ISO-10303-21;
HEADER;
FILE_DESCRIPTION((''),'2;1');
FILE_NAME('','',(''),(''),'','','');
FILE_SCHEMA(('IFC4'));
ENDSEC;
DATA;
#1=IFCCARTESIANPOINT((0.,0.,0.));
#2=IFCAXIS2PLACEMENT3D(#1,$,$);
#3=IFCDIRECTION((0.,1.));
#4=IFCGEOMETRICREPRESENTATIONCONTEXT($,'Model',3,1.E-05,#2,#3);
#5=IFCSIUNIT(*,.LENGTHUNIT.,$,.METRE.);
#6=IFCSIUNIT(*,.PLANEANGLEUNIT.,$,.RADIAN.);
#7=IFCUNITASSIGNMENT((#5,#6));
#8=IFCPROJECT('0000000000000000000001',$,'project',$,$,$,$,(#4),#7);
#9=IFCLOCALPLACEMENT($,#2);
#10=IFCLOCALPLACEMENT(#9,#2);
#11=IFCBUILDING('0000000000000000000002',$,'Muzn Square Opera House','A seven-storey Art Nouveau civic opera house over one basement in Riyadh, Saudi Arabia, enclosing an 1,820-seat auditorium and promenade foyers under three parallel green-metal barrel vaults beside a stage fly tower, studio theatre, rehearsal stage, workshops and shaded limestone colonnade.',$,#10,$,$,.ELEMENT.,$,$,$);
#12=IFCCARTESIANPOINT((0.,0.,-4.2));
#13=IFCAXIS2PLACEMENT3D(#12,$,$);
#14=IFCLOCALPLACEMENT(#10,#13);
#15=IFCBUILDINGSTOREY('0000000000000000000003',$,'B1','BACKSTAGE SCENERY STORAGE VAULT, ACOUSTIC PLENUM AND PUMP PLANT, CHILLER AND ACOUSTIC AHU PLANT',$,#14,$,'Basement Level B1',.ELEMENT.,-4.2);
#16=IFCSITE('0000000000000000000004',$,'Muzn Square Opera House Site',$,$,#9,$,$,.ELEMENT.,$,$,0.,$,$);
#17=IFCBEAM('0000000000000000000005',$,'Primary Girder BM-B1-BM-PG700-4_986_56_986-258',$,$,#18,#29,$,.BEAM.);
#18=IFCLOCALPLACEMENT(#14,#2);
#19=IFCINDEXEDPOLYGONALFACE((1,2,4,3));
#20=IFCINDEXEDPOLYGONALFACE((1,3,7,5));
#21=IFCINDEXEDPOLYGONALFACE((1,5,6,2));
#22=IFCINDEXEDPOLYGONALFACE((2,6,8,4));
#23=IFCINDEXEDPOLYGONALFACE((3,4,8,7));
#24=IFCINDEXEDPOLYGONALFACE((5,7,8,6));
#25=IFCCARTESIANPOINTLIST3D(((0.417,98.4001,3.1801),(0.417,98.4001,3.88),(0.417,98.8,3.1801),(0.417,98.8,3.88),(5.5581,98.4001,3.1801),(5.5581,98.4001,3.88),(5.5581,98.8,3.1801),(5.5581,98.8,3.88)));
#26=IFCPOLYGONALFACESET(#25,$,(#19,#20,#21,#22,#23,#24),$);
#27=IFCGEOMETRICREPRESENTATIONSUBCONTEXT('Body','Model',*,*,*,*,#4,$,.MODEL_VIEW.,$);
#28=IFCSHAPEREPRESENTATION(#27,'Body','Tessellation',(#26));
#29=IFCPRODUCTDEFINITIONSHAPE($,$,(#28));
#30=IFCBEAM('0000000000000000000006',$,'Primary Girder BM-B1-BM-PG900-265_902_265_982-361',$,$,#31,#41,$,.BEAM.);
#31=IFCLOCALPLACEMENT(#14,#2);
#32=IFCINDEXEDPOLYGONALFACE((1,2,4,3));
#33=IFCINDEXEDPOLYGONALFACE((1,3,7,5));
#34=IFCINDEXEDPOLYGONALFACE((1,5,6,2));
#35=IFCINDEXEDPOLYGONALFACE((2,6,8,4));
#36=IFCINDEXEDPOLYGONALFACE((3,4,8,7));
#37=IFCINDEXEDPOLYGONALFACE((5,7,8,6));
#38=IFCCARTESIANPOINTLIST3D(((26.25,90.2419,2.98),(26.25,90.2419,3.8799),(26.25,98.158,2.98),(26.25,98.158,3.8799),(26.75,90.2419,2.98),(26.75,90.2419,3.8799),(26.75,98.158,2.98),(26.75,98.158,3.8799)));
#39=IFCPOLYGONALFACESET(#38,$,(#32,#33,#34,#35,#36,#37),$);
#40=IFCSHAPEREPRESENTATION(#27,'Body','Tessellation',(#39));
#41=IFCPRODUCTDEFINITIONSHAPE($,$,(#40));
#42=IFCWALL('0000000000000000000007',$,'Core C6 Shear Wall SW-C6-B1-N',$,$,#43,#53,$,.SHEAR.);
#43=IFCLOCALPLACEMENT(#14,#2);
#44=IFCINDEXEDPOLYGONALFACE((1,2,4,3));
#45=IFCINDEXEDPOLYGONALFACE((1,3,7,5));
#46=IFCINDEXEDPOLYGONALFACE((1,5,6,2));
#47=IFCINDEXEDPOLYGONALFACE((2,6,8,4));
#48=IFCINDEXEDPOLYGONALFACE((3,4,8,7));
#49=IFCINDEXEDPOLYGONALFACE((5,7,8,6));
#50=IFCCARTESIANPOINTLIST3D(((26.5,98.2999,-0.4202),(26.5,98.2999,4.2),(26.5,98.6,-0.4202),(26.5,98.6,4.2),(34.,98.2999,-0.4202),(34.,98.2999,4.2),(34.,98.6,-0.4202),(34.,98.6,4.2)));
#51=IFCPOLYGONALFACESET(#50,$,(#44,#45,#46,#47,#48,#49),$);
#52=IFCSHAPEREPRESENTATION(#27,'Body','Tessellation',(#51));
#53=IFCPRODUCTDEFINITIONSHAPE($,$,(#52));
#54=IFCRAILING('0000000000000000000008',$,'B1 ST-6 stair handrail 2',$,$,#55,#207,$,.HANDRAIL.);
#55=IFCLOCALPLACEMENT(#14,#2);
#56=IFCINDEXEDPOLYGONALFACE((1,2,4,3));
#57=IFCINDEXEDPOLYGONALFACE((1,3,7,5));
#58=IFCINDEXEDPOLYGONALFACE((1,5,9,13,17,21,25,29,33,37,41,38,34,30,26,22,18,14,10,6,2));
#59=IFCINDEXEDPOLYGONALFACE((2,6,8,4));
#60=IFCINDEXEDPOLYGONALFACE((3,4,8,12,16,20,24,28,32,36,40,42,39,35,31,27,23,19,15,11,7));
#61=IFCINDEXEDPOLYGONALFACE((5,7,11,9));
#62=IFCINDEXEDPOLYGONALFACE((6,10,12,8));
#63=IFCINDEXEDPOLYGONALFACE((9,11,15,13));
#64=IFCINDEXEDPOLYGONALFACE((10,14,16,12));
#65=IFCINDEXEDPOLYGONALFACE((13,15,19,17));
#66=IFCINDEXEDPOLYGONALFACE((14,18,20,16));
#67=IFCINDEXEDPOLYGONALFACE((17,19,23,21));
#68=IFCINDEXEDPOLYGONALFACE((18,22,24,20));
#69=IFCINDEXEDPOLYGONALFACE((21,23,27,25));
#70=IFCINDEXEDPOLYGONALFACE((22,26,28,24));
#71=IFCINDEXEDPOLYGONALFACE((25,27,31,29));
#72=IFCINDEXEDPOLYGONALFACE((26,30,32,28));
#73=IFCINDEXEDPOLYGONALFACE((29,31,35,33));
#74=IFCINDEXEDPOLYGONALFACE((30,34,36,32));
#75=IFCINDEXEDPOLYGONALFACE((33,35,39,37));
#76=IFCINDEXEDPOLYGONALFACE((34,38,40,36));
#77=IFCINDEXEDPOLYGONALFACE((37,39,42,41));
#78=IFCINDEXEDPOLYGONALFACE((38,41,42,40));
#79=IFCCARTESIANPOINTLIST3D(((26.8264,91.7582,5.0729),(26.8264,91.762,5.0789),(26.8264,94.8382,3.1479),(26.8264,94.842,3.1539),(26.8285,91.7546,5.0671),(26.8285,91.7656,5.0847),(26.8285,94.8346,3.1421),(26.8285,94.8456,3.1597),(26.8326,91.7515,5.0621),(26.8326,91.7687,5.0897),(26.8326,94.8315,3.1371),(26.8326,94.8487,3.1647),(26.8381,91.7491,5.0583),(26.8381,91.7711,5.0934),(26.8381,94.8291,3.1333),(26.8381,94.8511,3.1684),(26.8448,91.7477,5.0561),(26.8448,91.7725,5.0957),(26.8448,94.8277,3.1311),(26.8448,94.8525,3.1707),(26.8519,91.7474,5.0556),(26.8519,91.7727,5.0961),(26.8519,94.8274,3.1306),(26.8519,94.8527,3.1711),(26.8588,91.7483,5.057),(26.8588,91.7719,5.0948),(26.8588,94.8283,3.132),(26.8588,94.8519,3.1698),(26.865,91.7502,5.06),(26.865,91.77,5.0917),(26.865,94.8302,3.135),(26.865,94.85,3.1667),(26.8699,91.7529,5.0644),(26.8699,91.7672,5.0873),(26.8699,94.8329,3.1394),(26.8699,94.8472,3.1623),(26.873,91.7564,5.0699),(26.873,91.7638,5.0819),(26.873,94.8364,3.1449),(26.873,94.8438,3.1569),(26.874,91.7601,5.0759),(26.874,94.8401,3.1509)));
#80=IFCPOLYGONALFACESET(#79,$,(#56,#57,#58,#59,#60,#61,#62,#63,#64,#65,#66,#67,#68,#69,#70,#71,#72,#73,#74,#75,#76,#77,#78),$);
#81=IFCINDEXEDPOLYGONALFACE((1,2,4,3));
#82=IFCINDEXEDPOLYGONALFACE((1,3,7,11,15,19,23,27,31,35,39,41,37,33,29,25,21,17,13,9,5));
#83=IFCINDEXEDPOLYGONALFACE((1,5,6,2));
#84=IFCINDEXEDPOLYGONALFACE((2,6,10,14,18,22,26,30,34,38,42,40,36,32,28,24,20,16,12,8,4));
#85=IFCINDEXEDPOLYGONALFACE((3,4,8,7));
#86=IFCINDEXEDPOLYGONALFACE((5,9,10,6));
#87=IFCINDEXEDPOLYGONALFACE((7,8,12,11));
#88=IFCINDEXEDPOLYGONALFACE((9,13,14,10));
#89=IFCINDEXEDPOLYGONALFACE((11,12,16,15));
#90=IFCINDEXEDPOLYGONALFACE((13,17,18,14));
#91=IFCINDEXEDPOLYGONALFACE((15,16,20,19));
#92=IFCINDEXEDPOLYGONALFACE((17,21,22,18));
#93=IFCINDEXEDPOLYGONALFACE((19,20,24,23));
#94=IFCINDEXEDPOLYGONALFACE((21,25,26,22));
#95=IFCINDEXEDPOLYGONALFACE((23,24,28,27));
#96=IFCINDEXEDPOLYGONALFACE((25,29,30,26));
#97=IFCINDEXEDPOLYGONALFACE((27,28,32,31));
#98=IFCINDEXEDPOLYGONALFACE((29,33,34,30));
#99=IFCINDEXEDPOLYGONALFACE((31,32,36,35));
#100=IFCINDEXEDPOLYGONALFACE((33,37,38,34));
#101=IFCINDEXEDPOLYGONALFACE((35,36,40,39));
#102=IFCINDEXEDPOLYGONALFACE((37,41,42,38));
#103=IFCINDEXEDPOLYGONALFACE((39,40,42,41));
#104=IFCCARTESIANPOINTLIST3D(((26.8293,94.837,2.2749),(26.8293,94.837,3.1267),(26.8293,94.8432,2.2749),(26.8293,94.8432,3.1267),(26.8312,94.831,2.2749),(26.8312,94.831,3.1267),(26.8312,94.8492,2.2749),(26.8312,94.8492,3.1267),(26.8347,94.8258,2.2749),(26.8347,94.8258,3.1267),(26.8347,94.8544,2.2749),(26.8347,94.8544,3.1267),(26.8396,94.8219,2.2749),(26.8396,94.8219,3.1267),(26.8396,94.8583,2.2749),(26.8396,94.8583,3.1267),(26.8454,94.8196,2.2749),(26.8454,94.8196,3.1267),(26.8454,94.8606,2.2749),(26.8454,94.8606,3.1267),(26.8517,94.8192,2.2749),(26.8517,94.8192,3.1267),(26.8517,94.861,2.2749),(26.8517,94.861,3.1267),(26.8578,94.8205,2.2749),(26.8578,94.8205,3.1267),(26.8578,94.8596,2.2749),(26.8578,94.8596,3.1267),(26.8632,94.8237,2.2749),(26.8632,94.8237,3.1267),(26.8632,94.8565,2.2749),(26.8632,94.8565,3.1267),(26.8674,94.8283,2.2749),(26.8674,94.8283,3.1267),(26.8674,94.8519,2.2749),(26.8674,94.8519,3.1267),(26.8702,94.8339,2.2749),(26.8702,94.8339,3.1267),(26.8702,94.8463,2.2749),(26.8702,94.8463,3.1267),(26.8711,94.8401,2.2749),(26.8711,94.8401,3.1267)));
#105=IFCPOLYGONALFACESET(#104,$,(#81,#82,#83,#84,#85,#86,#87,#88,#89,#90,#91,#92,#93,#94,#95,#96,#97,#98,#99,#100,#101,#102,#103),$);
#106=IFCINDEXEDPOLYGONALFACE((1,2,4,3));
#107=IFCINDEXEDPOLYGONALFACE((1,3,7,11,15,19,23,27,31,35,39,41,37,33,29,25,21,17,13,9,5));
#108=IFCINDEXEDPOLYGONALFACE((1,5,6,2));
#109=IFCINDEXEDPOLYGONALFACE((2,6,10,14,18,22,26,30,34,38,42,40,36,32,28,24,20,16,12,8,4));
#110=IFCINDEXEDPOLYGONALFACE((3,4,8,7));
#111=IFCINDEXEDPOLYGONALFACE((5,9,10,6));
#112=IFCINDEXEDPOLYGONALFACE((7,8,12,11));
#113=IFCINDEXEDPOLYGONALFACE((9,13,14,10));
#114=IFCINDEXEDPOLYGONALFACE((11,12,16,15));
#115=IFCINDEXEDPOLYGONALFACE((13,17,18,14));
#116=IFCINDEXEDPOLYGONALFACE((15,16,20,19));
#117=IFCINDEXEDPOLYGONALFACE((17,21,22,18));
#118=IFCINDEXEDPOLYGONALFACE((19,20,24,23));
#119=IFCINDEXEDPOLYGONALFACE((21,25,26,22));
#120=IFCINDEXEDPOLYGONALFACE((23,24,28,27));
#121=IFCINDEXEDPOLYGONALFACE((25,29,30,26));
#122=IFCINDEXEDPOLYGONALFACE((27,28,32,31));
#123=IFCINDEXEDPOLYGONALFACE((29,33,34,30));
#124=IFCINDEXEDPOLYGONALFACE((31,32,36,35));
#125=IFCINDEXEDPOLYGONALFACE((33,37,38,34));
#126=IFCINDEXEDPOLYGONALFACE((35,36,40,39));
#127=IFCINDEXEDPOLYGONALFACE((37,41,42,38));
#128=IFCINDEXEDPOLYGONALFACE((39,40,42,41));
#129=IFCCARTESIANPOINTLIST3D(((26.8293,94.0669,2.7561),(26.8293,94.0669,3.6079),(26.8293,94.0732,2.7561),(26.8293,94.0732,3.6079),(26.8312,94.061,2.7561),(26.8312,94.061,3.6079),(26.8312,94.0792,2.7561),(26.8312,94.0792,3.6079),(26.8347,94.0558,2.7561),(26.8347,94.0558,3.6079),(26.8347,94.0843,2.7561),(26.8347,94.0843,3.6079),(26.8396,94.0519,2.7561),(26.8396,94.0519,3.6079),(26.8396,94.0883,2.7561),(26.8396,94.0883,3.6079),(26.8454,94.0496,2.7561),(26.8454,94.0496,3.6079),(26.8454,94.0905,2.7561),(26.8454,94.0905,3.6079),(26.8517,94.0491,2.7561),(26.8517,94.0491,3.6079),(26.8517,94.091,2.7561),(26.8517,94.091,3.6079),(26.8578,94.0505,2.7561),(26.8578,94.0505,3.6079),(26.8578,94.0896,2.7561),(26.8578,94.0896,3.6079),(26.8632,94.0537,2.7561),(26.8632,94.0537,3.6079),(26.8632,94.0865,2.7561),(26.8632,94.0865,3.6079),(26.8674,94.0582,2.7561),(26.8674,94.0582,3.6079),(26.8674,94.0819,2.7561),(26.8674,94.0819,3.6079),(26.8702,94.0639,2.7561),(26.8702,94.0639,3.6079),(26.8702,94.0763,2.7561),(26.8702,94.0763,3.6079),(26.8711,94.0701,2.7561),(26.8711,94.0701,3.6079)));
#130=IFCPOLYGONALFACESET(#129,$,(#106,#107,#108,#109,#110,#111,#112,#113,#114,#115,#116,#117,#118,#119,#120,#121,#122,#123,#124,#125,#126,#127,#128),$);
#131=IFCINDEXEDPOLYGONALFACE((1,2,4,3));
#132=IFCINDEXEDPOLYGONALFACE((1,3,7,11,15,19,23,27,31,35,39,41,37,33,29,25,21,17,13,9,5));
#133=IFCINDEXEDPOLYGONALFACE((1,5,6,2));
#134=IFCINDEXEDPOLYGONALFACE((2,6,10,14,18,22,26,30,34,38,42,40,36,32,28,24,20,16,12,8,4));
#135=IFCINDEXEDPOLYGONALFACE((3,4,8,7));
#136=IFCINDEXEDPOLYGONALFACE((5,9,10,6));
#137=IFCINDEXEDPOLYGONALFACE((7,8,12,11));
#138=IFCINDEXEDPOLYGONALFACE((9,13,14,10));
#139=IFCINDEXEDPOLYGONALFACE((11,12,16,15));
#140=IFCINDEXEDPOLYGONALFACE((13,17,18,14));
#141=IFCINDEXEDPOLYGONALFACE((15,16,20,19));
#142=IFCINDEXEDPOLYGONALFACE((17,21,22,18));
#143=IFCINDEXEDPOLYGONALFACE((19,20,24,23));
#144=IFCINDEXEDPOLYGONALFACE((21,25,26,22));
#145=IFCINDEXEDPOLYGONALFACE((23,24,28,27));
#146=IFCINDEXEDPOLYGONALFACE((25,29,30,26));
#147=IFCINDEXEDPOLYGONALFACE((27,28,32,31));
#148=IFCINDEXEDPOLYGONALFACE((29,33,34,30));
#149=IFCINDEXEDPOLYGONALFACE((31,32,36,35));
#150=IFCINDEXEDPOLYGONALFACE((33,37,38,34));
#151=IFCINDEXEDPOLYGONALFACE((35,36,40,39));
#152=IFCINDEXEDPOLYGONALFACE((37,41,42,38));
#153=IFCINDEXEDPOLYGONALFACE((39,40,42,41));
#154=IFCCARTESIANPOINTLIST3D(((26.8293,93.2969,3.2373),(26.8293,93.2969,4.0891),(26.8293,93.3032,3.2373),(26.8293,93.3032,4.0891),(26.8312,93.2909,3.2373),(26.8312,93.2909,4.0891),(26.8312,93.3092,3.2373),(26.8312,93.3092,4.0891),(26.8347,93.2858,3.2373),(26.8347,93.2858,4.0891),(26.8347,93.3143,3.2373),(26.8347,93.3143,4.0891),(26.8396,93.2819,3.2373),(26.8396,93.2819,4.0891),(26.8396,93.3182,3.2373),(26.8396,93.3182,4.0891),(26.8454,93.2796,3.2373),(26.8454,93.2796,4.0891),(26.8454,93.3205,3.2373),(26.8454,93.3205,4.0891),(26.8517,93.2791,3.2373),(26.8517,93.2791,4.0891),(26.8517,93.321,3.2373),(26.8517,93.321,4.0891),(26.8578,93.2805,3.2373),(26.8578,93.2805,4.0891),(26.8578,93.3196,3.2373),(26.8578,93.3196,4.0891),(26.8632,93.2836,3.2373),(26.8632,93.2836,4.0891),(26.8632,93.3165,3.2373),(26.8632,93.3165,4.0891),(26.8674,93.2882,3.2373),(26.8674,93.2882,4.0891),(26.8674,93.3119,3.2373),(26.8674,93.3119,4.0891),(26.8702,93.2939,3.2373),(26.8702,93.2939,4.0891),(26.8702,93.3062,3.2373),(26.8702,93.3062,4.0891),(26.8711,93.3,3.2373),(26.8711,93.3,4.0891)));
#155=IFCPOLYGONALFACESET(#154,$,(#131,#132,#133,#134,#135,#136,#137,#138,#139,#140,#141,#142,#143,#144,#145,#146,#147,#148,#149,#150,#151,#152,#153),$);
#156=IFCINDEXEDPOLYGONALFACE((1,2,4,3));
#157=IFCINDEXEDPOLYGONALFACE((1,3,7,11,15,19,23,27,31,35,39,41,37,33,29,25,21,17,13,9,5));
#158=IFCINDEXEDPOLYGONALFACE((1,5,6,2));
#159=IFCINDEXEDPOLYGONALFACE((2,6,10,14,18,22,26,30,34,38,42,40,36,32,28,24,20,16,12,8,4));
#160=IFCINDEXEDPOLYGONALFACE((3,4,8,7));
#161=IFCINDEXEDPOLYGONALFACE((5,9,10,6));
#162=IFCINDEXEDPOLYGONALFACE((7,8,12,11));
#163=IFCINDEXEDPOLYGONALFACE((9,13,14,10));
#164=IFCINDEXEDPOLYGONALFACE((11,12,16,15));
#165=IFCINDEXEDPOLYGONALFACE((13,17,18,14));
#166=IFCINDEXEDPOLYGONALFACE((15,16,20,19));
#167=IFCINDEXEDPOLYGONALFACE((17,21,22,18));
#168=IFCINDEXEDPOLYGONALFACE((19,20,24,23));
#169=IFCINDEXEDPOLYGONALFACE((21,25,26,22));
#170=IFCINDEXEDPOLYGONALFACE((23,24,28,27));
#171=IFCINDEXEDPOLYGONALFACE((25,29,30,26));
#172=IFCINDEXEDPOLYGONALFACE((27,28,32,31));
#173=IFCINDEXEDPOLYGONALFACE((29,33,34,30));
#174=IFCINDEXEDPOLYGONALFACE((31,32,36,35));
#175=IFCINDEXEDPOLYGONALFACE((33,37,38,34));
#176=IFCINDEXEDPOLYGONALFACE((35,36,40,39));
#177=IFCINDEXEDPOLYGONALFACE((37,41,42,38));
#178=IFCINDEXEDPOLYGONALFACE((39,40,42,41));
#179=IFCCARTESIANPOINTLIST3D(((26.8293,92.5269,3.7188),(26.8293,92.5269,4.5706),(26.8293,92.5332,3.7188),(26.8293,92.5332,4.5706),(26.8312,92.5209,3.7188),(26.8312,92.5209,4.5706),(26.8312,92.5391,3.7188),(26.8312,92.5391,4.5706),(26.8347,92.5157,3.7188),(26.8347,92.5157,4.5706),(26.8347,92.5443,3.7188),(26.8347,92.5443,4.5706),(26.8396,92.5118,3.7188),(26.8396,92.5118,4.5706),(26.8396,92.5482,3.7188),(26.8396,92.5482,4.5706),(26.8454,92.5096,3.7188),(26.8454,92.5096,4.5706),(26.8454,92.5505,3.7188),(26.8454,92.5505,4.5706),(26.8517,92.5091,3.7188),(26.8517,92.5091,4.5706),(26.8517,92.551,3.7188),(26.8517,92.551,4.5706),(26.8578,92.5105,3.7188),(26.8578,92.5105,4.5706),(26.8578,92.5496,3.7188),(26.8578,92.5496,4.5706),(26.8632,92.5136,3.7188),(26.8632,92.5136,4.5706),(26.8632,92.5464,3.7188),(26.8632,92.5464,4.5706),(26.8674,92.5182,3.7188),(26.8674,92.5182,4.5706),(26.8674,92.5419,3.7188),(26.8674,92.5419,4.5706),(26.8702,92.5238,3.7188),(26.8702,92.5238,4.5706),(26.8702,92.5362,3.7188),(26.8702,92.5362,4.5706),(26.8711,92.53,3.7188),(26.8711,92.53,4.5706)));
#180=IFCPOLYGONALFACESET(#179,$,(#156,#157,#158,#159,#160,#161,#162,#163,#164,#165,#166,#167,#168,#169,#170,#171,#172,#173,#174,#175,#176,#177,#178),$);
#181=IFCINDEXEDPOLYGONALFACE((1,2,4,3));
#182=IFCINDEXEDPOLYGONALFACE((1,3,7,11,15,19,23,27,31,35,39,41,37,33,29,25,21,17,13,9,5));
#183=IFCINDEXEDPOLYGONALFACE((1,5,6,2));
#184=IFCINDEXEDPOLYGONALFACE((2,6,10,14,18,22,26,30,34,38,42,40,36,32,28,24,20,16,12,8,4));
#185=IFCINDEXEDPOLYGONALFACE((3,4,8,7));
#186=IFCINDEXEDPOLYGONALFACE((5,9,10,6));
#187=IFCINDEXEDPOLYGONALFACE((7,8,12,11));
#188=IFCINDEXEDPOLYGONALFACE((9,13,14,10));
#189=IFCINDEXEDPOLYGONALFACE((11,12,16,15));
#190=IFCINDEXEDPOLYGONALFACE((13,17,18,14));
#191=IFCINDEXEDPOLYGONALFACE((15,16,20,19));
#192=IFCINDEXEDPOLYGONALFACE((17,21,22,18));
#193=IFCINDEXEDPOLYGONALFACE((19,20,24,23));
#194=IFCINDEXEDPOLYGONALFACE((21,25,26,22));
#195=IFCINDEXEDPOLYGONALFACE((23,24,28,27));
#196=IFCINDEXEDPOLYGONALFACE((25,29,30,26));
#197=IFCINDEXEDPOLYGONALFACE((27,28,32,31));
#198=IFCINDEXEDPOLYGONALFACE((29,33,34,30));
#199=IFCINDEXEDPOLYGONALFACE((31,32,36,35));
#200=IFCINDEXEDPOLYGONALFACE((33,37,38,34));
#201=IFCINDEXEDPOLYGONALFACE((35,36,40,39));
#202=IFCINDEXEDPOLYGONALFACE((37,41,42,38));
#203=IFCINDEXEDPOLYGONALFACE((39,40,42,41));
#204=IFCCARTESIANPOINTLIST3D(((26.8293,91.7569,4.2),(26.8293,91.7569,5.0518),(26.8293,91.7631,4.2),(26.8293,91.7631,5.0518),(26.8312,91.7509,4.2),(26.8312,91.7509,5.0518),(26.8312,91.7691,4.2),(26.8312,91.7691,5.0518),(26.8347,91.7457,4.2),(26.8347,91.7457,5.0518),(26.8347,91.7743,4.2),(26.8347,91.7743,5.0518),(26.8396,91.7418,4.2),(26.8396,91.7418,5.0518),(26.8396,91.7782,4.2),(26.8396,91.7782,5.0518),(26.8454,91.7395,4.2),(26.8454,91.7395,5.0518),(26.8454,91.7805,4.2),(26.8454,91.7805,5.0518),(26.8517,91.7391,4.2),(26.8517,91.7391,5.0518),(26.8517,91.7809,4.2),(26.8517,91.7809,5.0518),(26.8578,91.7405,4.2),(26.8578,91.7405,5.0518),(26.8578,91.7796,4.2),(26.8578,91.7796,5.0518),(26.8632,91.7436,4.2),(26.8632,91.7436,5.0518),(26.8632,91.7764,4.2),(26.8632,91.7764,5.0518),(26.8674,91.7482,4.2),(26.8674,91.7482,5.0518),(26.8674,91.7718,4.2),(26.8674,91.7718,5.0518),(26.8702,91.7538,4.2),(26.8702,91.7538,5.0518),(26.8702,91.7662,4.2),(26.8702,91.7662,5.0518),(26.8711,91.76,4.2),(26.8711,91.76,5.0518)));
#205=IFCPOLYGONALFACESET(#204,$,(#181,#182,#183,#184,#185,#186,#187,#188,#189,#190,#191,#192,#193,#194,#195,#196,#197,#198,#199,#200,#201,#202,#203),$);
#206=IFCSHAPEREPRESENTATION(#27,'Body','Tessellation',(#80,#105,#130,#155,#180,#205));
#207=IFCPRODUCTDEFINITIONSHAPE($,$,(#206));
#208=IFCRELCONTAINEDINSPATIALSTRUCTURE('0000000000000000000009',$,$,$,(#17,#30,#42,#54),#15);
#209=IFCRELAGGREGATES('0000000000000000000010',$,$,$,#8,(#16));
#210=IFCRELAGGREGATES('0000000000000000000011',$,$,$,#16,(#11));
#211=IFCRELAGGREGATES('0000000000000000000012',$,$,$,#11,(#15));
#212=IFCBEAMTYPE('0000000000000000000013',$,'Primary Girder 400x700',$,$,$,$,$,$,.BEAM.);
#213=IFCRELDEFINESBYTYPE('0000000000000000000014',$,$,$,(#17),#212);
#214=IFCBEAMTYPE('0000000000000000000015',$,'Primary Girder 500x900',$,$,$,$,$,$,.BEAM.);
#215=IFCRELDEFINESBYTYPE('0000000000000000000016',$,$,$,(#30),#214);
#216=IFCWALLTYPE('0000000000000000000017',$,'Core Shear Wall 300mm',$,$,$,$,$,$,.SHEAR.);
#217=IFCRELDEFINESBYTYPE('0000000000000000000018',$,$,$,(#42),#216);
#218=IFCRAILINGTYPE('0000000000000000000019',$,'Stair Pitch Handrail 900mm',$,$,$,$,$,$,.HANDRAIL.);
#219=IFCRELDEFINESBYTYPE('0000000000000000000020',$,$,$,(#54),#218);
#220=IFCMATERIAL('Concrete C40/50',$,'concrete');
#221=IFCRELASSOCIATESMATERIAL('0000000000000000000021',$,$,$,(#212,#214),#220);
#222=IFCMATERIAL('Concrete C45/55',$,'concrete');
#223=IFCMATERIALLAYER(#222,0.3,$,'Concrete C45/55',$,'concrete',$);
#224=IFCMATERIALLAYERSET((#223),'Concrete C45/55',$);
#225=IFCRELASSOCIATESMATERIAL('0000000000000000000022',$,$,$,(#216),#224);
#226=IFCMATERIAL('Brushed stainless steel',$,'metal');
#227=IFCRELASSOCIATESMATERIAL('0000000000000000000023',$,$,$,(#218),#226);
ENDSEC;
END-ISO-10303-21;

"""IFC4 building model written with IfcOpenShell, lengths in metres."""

from ifc_helpers import new_model, si_unit, direction, frame, frame_2d, origin, origin_2d, place, context, subcontext, project, spatial, rectangle, circle, extrude, material, layer, layer_set, material_profile, profile_set, type_object, element, save


model = new_model("IFC4")

# Units and contexts
model_context = context("Model", 3, precision=1e-05, world=origin(), true_north=direction((0.0, 1.0)))
body_context = subcontext(model_context, "Body", "Model", "MODEL_VIEW")
ifc_project = project(units=[si_unit("LENGTHUNIT", "METRE"), si_unit("PLANEANGLEUNIT", "RADIAN")], contexts=[model_context])

# Site, building, storey
site_placement = place(None, origin())
site = spatial("IfcSite", under=ifc_project, at=site_placement, Name="Muzn Square Opera House Site", CompositionType="ELEMENT", RefElevation=0.0)
building_placement = place(site_placement, origin())
building = spatial("IfcBuilding", under=site, at=building_placement, Name="Muzn Square Opera House", Description="A seven-storey Art Nouveau civic opera house over one basement in Riyadh, Saudi Arabia, enclosing an 1,820-seat auditorium and promenade foyers under three parallel green-metal barrel vaults beside a stage fly tower, studio theatre, rehearsal stage, workshops and shaded limestone colonnade.", CompositionType="ELEMENT")
storey_placement = place(building_placement, frame((0.0, 0.0, -4.2)))
storey = spatial("IfcBuildingStorey", under=building, at=storey_placement, Name="B1", Description="BACKSTAGE SCENERY STORAGE VAULT, ACOUSTIC PLENUM AND PUMP PLANT, CHILLER AND ACOUSTIC AHU PLANT", LongName="Basement Level B1", CompositionType="ELEMENT", Elevation=-4.2)

# Shared definitions
ifc_material_1 = material(Name="Concrete C40/50", Category="concrete")

# Shared definitions
ifc_material_2 = material(Name="Concrete C45/55", Category="concrete")

# Beams
ifc_material_profile_1 = material_profile(ifc_material_1, rectangle(XDim=0.3999, YDim=0.7, at=origin_2d()), Name="RCB 400x700", Category="concrete")
ifc_profile_set_1 = profile_set([ifc_material_profile_1], Name="Concrete C40/50")
beam_type_1 = type_object("IfcBeamType", Name="Primary Girder 400x700", PredefinedType="BEAM", material=ifc_profile_set_1)
beam_1_placement = place(storey_placement, frame((0.417, 98.6001, 3.53), z_axis=(1.0, 0.0, 0.0), x_axis=(0.0, 1.0, 0.0)))
element("IfcBeam", 1, at=beam_1_placement, inside=storey, type_object=beam_type_1, Name="Primary Girder BM-B1-BM-PG700-4_986_56_986-258", PredefinedType="BEAM", context=body_context, shape_type="SweptSolid", body=[
    extrude(rectangle(XDim=0.3999, YDim=0.7, at=origin_2d()), origin(), (0.0, 0.0, 1.0), 5.1411),
])
ifc_material_profile_2 = material_profile(ifc_material_1, rectangle(XDim=0.5, YDim=0.8999, at=origin_2d()), Name="RCB 500x900", Category="concrete")
ifc_profile_set_2 = profile_set([ifc_material_profile_2], Name="Concrete C40/50")
beam_type_2 = type_object("IfcBeamType", Name="Primary Girder 500x900", PredefinedType="BEAM", material=ifc_profile_set_2)
beam_2_placement = place(storey_placement, frame((26.5, 90.2419, 3.4299), z_axis=(0.0, 1.0, 0.0), x_axis=(-1.0, 0.0, 0.0)))
element("IfcBeam", 2, at=beam_2_placement, inside=storey, type_object=beam_type_2, Name="Primary Girder BM-B1-BM-PG900-265_902_265_982-361", PredefinedType="BEAM", context=body_context, shape_type="SweptSolid", body=[
    extrude(rectangle(XDim=0.5, YDim=0.8999, at=origin_2d()), origin(), (0.0, 0.0, 1.0), 7.916),
])

# Wall
ifc_layer = layer(ifc_material_2, 0.3, Name="Concrete C45/55", Category="concrete")
ifc_layer_set = layer_set([ifc_layer], Name="Concrete C45/55")
wall_type = type_object("IfcWallType", Name="Core Shear Wall 300mm", PredefinedType="SHEAR", material=ifc_layer_set)
wall_placement = place(storey_placement, frame((26.5, 98.45, -0.4202), z_axis=(0.0, 0.0, 1.0), x_axis=(1.0, 0.0, 0.0)))
element("IfcWall", 3, at=wall_placement, inside=storey, type_object=wall_type, Name="Core C6 Shear Wall SW-C6-B1-N", PredefinedType="SHEAR", context=body_context, shape_type="SweptSolid", body=[
    extrude(rectangle(XDim=7.5, YDim=0.3, at=frame_2d((3.75, 0.0))), origin(), (0.0, 0.0, 1.0), 4.6201),
])

# Railing
ifc_material_3 = material(Name="Brushed stainless steel", Category="metal")
railing_type = type_object("IfcRailingType", Name="Stair Pitch Handrail 900mm", PredefinedType="HANDRAIL", material=ifc_material_3)
railing_placement = place(storey_placement, frame((26.8501, 94.8401, 2.2749)))
element("IfcRailing", 4, at=railing_placement, inside=storey, type_object=railing_type, Name="B1 ST-6 stair handrail 2", PredefinedType="HANDRAIL", context=body_context, shape_type="SweptSolid", body=[
    extrude(circle(Radius=0.0239, at=origin_2d()), frame((0.0, 0.0, 0.876), z_axis=(0.0, -0.847998, 0.529999), x_axis=(1.0, 0.0, 0.0)), (0.0, 0.0, 1.0), 3.6321),
    extrude(circle(Radius=0.021, at=origin_2d()), origin(), (0.0, 0.0, 1.0), 0.8518),
    extrude(circle(Radius=0.021, at=origin_2d()), frame((0.0, -0.77, 0.4812)), (0.0, 0.0, 1.0), 0.8518),
    extrude(circle(Radius=0.021, at=origin_2d()), frame((0.0, -1.54, 0.9624)), (0.0, 0.0, 1.0), 0.8518),
    extrude(circle(Radius=0.021, at=origin_2d()), frame((0.0, -2.3101, 1.4438)), (0.0, 0.0, 1.0), 0.8518),
    extrude(circle(Radius=0.021, at=origin_2d()), frame((0.0, -3.0801, 1.925)), (0.0, 0.0, 1.0), 0.8518),
])

save(model, "model.ifc")
